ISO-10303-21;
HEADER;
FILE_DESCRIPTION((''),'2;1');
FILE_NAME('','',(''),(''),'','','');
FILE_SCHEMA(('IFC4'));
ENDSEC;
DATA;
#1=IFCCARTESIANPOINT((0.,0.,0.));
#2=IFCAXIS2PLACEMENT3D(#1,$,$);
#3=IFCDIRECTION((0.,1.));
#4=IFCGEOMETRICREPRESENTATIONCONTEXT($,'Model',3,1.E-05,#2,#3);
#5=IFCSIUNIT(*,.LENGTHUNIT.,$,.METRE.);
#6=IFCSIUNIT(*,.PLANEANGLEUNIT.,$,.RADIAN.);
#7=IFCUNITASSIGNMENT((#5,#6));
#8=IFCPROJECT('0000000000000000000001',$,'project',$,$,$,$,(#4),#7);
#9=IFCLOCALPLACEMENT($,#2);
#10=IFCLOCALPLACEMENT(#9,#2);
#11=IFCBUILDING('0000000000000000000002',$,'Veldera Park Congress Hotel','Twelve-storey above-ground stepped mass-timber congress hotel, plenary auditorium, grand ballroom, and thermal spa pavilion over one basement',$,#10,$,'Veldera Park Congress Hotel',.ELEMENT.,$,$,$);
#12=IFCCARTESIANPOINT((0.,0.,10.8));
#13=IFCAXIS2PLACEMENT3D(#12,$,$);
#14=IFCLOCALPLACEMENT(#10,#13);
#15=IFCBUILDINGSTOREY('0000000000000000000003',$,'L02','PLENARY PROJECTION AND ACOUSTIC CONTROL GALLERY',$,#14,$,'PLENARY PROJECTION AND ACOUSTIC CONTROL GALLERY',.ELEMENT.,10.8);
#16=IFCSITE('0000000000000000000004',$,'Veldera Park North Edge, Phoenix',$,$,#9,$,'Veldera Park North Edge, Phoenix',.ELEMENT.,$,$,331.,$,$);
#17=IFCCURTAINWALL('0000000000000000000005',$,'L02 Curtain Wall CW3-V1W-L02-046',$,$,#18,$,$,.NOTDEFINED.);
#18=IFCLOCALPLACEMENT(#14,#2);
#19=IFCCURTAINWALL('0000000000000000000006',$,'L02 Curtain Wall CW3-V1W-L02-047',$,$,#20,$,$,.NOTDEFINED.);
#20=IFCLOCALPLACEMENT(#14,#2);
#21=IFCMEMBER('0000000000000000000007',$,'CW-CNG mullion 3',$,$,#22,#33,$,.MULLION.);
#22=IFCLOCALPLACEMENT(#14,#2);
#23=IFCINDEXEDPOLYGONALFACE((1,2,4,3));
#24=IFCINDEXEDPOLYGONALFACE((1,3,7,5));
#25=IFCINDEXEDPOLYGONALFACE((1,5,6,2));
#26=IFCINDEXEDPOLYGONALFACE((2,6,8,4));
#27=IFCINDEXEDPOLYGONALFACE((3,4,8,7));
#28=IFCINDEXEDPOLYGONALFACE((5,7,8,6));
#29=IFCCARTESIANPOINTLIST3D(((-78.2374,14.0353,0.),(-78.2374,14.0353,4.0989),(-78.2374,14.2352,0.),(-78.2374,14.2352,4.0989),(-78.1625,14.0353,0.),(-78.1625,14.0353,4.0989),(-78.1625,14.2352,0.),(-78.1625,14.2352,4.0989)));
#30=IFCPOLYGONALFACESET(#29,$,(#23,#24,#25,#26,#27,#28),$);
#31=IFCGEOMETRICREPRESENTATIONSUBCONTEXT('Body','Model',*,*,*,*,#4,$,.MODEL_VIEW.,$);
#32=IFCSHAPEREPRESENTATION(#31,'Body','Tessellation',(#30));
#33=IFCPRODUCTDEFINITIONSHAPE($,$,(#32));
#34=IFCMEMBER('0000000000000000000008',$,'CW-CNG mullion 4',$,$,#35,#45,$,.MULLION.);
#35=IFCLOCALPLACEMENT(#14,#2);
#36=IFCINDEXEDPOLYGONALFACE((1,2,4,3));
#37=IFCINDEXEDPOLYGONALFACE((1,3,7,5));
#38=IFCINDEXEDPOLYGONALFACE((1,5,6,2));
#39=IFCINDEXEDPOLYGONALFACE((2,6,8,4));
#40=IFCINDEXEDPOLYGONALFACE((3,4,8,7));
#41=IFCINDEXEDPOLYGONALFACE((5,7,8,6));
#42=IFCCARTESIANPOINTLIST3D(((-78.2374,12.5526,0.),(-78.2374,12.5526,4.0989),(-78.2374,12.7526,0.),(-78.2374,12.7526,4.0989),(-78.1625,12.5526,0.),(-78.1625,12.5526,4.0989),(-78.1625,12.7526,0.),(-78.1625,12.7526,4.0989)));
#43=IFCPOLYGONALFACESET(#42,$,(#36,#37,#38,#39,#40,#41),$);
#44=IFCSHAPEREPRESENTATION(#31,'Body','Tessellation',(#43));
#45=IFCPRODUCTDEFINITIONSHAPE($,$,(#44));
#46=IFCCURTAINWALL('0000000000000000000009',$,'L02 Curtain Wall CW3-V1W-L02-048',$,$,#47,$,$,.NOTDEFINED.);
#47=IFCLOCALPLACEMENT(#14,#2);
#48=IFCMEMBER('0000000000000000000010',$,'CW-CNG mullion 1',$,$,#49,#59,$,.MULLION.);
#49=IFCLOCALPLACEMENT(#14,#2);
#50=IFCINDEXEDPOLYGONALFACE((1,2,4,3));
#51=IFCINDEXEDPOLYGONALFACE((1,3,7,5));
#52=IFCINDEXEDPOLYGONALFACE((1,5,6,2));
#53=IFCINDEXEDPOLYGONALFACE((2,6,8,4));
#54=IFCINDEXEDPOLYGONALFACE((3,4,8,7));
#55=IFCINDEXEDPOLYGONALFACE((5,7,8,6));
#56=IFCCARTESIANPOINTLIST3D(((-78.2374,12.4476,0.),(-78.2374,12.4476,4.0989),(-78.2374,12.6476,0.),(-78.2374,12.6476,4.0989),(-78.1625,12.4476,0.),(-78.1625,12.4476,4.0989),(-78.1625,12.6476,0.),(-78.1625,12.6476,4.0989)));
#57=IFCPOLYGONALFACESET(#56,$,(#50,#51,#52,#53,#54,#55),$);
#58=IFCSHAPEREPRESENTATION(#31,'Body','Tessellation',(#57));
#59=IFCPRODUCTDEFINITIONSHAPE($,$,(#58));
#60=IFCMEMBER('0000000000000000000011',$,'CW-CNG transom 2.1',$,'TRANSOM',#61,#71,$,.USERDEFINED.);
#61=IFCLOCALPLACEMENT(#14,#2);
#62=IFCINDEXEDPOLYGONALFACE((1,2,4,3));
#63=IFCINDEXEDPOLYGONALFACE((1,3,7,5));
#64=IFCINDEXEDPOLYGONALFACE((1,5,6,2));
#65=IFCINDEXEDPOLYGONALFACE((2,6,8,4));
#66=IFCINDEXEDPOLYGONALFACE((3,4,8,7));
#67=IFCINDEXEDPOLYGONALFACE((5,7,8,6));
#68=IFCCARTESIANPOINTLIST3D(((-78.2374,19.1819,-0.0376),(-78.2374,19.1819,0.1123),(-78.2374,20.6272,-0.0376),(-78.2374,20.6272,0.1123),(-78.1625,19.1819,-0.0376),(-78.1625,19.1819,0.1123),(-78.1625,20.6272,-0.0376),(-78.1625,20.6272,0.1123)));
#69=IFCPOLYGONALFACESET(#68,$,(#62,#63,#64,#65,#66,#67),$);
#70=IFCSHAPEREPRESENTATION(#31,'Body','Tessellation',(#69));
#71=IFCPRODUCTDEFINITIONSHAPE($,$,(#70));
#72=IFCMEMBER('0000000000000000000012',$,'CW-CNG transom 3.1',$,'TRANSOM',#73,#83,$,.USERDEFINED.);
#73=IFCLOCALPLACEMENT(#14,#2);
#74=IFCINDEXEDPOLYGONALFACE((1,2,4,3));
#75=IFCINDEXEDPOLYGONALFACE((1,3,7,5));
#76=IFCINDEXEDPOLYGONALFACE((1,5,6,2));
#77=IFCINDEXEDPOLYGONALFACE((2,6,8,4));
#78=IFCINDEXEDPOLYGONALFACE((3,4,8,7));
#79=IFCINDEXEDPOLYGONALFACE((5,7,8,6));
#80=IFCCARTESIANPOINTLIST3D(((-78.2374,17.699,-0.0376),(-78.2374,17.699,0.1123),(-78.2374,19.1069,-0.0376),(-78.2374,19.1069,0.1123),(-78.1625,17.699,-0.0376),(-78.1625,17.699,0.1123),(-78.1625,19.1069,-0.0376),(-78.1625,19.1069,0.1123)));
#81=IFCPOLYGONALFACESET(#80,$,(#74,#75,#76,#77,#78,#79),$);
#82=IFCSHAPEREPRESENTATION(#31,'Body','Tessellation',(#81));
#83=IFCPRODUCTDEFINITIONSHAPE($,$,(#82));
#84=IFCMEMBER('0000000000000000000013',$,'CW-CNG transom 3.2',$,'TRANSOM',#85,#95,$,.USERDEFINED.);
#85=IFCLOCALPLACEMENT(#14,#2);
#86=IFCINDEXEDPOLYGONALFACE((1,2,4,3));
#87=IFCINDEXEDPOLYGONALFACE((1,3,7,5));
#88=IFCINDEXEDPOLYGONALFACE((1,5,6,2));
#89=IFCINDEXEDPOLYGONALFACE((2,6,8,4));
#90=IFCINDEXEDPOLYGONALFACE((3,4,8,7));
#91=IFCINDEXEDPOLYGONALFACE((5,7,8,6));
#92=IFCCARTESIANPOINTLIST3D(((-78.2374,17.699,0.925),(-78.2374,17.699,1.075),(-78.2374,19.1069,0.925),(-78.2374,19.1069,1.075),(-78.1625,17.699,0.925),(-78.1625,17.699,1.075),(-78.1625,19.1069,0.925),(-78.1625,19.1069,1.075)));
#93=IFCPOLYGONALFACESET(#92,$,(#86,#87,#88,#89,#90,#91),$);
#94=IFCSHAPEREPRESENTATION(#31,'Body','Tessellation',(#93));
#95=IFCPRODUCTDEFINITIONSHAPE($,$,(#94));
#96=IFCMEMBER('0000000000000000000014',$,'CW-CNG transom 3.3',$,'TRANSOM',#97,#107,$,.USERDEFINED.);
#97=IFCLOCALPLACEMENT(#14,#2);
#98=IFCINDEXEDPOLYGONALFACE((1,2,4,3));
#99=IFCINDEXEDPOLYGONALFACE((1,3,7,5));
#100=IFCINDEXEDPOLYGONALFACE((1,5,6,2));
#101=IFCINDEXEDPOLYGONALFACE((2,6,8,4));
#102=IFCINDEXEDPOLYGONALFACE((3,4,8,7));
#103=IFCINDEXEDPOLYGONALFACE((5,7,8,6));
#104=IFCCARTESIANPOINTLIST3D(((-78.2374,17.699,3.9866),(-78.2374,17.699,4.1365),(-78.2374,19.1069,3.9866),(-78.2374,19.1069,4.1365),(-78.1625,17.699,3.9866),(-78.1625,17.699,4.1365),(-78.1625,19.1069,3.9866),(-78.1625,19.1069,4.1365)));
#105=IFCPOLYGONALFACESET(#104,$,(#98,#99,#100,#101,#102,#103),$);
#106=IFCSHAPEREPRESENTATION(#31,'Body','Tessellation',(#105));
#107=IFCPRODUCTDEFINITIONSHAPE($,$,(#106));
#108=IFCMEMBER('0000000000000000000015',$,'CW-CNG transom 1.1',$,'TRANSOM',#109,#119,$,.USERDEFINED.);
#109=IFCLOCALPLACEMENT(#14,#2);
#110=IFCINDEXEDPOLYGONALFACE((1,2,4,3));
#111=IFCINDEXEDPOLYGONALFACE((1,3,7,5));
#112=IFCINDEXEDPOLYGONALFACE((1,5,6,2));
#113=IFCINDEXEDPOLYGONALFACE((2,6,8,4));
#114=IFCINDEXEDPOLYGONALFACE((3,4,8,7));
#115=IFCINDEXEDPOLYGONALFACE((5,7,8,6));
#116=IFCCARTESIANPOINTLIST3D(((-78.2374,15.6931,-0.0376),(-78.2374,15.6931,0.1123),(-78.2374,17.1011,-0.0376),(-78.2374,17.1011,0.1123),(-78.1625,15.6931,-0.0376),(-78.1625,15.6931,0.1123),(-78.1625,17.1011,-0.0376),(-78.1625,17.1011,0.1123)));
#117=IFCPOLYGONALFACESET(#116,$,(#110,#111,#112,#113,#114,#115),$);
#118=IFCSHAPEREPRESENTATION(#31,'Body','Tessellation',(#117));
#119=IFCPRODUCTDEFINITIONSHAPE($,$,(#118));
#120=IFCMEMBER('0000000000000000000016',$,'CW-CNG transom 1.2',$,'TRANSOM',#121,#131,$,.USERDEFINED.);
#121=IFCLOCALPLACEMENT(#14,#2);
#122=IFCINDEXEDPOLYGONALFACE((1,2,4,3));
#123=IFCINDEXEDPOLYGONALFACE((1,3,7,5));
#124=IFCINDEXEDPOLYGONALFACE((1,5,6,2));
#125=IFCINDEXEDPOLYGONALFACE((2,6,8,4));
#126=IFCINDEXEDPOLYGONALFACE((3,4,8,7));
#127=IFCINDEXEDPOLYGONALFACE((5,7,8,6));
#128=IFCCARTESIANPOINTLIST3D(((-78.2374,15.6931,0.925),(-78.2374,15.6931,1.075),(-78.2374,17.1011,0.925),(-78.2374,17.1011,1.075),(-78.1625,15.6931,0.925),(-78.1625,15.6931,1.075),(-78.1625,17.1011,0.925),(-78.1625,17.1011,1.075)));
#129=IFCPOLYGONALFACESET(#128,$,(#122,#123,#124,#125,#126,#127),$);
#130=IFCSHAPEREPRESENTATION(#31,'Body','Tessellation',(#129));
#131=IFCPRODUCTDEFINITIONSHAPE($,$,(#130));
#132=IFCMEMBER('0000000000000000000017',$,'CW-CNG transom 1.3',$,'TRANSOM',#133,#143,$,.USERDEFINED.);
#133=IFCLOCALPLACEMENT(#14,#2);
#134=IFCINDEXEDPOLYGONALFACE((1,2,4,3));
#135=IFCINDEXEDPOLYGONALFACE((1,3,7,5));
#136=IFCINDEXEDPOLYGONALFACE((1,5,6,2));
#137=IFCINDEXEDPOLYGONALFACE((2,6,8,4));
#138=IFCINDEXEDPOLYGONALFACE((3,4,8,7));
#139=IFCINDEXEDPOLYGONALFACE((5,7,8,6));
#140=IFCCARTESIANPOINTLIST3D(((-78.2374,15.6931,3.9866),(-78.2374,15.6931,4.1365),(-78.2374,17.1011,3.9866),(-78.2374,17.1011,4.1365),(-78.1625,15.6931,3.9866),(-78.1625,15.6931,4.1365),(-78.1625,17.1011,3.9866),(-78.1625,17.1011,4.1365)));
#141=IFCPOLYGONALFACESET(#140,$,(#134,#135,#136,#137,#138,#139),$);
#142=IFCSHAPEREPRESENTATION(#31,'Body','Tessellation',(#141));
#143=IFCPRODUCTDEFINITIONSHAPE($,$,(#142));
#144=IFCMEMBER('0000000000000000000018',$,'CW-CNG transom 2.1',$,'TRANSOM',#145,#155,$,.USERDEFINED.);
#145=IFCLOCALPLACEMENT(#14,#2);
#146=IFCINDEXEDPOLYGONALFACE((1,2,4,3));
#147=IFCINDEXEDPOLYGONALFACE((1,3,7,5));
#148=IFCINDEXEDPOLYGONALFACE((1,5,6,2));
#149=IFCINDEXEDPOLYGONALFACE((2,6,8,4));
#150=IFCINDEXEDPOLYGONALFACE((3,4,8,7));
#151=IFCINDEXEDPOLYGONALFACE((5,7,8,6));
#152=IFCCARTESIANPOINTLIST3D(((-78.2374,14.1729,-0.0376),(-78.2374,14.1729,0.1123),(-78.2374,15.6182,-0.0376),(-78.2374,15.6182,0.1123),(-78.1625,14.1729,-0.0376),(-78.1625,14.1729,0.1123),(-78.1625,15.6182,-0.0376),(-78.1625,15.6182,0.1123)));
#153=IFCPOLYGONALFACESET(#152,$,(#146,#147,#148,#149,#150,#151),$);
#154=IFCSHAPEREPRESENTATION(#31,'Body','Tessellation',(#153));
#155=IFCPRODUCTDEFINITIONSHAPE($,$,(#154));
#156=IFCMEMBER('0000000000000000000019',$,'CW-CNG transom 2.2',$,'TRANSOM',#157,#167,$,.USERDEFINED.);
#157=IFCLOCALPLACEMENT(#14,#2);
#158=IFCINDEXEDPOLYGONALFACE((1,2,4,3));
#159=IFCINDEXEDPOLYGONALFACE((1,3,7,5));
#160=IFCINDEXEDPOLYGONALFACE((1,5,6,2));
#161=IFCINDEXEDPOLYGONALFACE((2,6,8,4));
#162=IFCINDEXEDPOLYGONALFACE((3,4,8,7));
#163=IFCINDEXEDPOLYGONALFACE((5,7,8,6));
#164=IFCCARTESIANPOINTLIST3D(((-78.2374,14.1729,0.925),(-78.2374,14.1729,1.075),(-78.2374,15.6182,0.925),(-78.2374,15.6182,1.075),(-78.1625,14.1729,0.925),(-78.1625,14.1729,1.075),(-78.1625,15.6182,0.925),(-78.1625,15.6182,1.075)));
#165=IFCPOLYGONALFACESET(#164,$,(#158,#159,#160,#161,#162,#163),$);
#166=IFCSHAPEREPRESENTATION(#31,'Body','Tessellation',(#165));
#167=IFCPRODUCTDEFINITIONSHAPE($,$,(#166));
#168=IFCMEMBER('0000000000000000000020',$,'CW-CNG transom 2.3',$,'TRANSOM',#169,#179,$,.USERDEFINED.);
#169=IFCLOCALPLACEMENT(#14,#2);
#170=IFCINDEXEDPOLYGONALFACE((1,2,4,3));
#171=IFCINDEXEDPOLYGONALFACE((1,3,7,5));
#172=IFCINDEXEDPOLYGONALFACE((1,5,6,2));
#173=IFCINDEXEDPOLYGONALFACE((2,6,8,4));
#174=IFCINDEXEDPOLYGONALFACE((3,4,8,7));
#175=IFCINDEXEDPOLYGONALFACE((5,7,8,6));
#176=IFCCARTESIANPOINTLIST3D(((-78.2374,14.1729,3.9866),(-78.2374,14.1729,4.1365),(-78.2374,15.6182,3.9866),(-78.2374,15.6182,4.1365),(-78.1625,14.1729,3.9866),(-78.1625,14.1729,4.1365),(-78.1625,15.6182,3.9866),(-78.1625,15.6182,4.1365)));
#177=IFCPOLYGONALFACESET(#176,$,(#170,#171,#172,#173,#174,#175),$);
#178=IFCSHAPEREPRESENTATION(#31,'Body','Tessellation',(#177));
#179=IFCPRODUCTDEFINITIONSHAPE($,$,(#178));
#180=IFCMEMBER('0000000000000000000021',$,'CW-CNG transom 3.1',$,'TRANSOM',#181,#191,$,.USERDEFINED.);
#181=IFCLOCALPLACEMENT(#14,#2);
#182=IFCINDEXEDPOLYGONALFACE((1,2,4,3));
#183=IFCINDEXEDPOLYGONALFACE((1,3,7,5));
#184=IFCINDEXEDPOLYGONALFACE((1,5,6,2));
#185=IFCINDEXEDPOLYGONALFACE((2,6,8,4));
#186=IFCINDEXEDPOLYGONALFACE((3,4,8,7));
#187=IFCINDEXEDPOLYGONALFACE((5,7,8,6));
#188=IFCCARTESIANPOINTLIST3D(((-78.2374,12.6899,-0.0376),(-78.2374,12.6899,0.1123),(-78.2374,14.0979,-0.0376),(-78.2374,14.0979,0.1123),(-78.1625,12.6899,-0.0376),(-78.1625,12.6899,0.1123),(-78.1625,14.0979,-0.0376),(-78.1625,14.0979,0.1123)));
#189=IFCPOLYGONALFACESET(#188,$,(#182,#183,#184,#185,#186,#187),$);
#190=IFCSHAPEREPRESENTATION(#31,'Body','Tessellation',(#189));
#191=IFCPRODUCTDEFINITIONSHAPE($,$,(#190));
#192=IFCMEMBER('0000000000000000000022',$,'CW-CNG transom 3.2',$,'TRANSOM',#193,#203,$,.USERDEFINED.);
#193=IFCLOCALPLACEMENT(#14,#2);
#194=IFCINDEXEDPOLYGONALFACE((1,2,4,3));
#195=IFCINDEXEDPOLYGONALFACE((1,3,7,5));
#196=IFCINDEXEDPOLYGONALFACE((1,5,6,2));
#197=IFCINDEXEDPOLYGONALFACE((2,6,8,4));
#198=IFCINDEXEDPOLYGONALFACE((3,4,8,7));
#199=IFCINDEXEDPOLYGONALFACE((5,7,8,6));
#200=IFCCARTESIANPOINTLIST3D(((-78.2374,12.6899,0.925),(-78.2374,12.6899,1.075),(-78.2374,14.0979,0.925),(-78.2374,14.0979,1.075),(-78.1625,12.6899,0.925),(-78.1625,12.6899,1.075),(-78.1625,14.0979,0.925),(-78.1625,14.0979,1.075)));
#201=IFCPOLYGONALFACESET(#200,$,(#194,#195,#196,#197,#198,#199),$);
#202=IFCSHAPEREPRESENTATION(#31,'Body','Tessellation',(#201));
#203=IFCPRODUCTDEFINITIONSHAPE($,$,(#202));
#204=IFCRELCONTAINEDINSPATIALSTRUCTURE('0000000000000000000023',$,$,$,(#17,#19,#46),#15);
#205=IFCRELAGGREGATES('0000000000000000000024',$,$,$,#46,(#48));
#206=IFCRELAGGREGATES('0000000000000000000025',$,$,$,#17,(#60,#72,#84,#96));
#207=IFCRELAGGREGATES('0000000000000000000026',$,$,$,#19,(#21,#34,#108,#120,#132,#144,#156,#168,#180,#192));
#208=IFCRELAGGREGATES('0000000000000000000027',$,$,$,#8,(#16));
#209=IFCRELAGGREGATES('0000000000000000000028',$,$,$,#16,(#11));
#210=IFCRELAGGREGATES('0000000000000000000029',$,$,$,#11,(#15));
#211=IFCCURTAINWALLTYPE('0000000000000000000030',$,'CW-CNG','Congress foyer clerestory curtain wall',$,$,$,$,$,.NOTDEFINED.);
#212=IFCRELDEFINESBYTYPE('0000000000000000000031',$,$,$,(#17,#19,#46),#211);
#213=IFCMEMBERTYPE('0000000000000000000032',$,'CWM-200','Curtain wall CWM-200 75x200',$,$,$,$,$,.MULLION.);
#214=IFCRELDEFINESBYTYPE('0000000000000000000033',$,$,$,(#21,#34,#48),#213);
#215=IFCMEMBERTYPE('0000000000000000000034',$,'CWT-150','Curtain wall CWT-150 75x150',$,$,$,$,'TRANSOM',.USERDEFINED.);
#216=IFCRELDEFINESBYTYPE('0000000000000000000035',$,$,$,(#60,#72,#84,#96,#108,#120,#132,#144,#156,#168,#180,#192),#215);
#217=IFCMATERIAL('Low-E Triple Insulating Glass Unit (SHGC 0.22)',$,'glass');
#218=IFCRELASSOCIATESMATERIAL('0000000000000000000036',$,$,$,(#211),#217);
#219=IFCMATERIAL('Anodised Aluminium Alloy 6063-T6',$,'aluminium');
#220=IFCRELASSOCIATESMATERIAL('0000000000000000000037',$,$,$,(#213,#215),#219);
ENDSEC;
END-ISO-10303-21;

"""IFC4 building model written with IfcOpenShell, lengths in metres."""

from ifc_helpers import new_model, si_unit, direction, frame, origin, origin_2d, place, context, subcontext, project, spatial, rectangle, extrude, material, material_profile, profile_set, type_object, element, aggregate, save


model = new_model("IFC4")

# Units and contexts
model_context = context("Model", 3, precision=1e-05, world=origin(), true_north=direction((0.0, 1.0)))
body_context = subcontext(model_context, "Body", "Model", "MODEL_VIEW")
ifc_project = project(units=[si_unit("LENGTHUNIT", "METRE"), si_unit("PLANEANGLEUNIT", "RADIAN")], contexts=[model_context])

# Site, building, storey
site_placement = place(None, origin())
site = spatial("IfcSite", under=ifc_project, at=site_placement, Name="Veldera Park North Edge, Phoenix", LongName="Veldera Park North Edge, Phoenix", CompositionType="ELEMENT", RefElevation=331.0)
building_placement = place(site_placement, origin())
building = spatial("IfcBuilding", under=site, at=building_placement, Name="Veldera Park Congress Hotel", Description="Twelve-storey above-ground stepped mass-timber congress hotel, plenary auditorium, grand ballroom, and thermal spa pavilion over one basement", LongName="Veldera Park Congress Hotel", CompositionType="ELEMENT")
storey_placement = place(building_placement, frame((0.0, 0.0, 10.8)))
storey = spatial("IfcBuildingStorey", under=building, at=storey_placement, Name="L02", Description="PLENARY PROJECTION AND ACOUSTIC CONTROL GALLERY", LongName="PLENARY PROJECTION AND ACOUSTIC CONTROL GALLERY", CompositionType="ELEMENT", Elevation=10.8)

# Curtain walls, members
ifc_material_1 = material(Name="Low-E Triple Insulating Glass Unit (SHGC 0.22)", Category="glass")
curtain_wall_type = type_object("IfcCurtainWallType", Name="CW-CNG", Description="Congress foyer clerestory curtain wall", PredefinedType="NOTDEFINED", material=ifc_material_1)
curtain_wall_1_placement = place(storey_placement, origin())
curtain_wall_1 = element("IfcCurtainWall", 1, at=curtain_wall_1_placement, inside=storey, type_object=curtain_wall_type, Name="L02 Curtain Wall CW3-V1W-L02-046", PredefinedType="NOTDEFINED")
ifc_material_2 = material(Name="Anodised Aluminium Alloy 6063-T6", Category="aluminium")
ifc_material_profile_1 = material_profile(ifc_material_2, rectangle(XDim=0.075, YDim=0.2, at=origin_2d()), Name="ALU 75x200")
ifc_profile_set_1 = profile_set([ifc_material_profile_1], Name="Anodised Aluminium Alloy 6063-T6")
member_type_1 = type_object("IfcMemberType", Name="CWM-200", Description="Curtain wall CWM-200 75x200", PredefinedType="MULLION", material=ifc_profile_set_1)
curtain_wall_2_placement = place(storey_placement, origin())
curtain_wall_2 = element("IfcCurtainWall", 2, at=curtain_wall_2_placement, inside=storey, type_object=curtain_wall_type, Name="L02 Curtain Wall CW3-V1W-L02-047", PredefinedType="NOTDEFINED")
member_1_placement = place(storey_placement, frame((-78.2, 14.1353, 0.0), z_axis=(0.0, 0.0, 1.0), x_axis=(1.0, 0.0, 0.0)))
member_1 = element("IfcMember", 3, at=member_1_placement, type_object=member_type_1, Name="CW-CNG mullion 3", PredefinedType="MULLION", context=body_context, shape_type="SweptSolid", body=[
    extrude(rectangle(XDim=0.075, YDim=0.2, at=origin_2d()), origin(), (0.0, 0.0, 1.0), 4.0989),
])
member_2_placement = place(storey_placement, frame((-78.2, 12.6526, 0.0), z_axis=(0.0, 0.0, 1.0), x_axis=(1.0, 0.0, 0.0)))
member_2 = element("IfcMember", 4, at=member_2_placement, type_object=member_type_1, Name="CW-CNG mullion 4", PredefinedType="MULLION", context=body_context, shape_type="SweptSolid", body=[
    extrude(rectangle(XDim=0.075, YDim=0.2, at=origin_2d()), origin(), (0.0, 0.0, 1.0), 4.0989),
])

# Curtain wall, member
curtain_wall_3_placement = place(storey_placement, origin())
curtain_wall_3 = element("IfcCurtainWall", 5, at=curtain_wall_3_placement, inside=storey, type_object=curtain_wall_type, Name="L02 Curtain Wall CW3-V1W-L02-048", PredefinedType="NOTDEFINED")
member_3_placement = place(storey_placement, frame((-78.2, 12.5476, 0.0), z_axis=(0.0, 0.0, 1.0), x_axis=(1.0, 0.0, 0.0)))
member_3 = element("IfcMember", 6, at=member_3_placement, type_object=member_type_1, Name="CW-CNG mullion 1", PredefinedType="MULLION", context=body_context, shape_type="SweptSolid", body=[
    extrude(rectangle(XDim=0.075, YDim=0.2, at=origin_2d()), origin(), (0.0, 0.0, 1.0), 4.0989),
])

# Members
ifc_material_profile_2 = material_profile(ifc_material_2, rectangle(XDim=0.075, YDim=0.1499, at=origin_2d()), Name="ALU 75x150")
ifc_profile_set_2 = profile_set([ifc_material_profile_2], Name="Anodised Aluminium Alloy 6063-T6")
member_type_2 = type_object("IfcMemberType", Name="CWT-150", Description="Curtain wall CWT-150 75x150", ElementType="TRANSOM", PredefinedType="USERDEFINED", material=ifc_profile_set_2)
member_4_placement = place(storey_placement, frame((-78.2, 20.6272, 0.0374), z_axis=(0.0, -1.0, 0.0), x_axis=(1.0, 0.0, 0.0)))
member_4 = element("IfcMember", 7, at=member_4_placement, type_object=member_type_2, Name="CW-CNG transom 2.1", ObjectType="TRANSOM", PredefinedType="USERDEFINED", context=body_context, shape_type="SweptSolid", body=[
    extrude(rectangle(XDim=0.075, YDim=0.1499, at=origin_2d()), origin(), (0.0, 0.0, 1.0), 1.4453),
])
member_5_placement = place(storey_placement, frame((-78.2, 19.1069, 0.0374), z_axis=(0.0, -1.0, 0.0), x_axis=(1.0, 0.0, 0.0)))
member_5 = element("IfcMember", 8, at=member_5_placement, type_object=member_type_2, Name="CW-CNG transom 3.1", ObjectType="TRANSOM", PredefinedType="USERDEFINED", context=body_context, shape_type="SweptSolid", body=[
    extrude(rectangle(XDim=0.075, YDim=0.1499, at=origin_2d()), origin(), (0.0, 0.0, 1.0), 1.408),
])
member_6_placement = place(storey_placement, frame((-78.2, 19.1069, 1.0), z_axis=(0.0, -1.0, 0.0), x_axis=(1.0, 0.0, 0.0)))
member_6 = element("IfcMember", 9, at=member_6_placement, type_object=member_type_2, Name="CW-CNG transom 3.2", ObjectType="TRANSOM", PredefinedType="USERDEFINED", context=body_context, shape_type="SweptSolid", body=[
    extrude(rectangle(XDim=0.075, YDim=0.1499, at=origin_2d()), origin(), (0.0, 0.0, 1.0), 1.408),
])
member_7_placement = place(storey_placement, frame((-78.2, 19.1069, 4.0615), z_axis=(0.0, -1.0, 0.0), x_axis=(1.0, 0.0, 0.0)))
member_7 = element("IfcMember", 10, at=member_7_placement, type_object=member_type_2, Name="CW-CNG transom 3.3", ObjectType="TRANSOM", PredefinedType="USERDEFINED", context=body_context, shape_type="SweptSolid", body=[
    extrude(rectangle(XDim=0.075, YDim=0.1499, at=origin_2d()), origin(), (0.0, 0.0, 1.0), 1.408),
])
member_8_placement = place(storey_placement, frame((-78.2, 17.1011, 0.0374), z_axis=(0.0, -1.0, 0.0), x_axis=(1.0, 0.0, 0.0)))
member_8 = element("IfcMember", 11, at=member_8_placement, type_object=member_type_2, Name="CW-CNG transom 1.1", ObjectType="TRANSOM", PredefinedType="USERDEFINED", context=body_context, shape_type="SweptSolid", body=[
    extrude(rectangle(XDim=0.075, YDim=0.1499, at=origin_2d()), origin(), (0.0, 0.0, 1.0), 1.408),
])
member_9_placement = place(storey_placement, frame((-78.2, 17.1011, 1.0), z_axis=(0.0, -1.0, 0.0), x_axis=(1.0, 0.0, 0.0)))
member_9 = element("IfcMember", 12, at=member_9_placement, type_object=member_type_2, Name="CW-CNG transom 1.2", ObjectType="TRANSOM", PredefinedType="USERDEFINED", context=body_context, shape_type="SweptSolid", body=[
    extrude(rectangle(XDim=0.075, YDim=0.1499, at=origin_2d()), origin(), (0.0, 0.0, 1.0), 1.408),
])
member_10_placement = place(storey_placement, frame((-78.2, 17.1011, 4.0615), z_axis=(0.0, -1.0, 0.0), x_axis=(1.0, 0.0, 0.0)))
member_10 = element("IfcMember", 13, at=member_10_placement, type_object=member_type_2, Name="CW-CNG transom 1.3", ObjectType="TRANSOM", PredefinedType="USERDEFINED", context=body_context, shape_type="SweptSolid", body=[
    extrude(rectangle(XDim=0.075, YDim=0.1499, at=origin_2d()), origin(), (0.0, 0.0, 1.0), 1.408),
])
member_11_placement = place(storey_placement, frame((-78.2, 15.6182, 0.0374), z_axis=(0.0, -1.0, 0.0), x_axis=(1.0, 0.0, 0.0)))
member_11 = element("IfcMember", 14, at=member_11_placement, type_object=member_type_2, Name="CW-CNG transom 2.1", ObjectType="TRANSOM", PredefinedType="USERDEFINED", context=body_context, shape_type="SweptSolid", body=[
    extrude(rectangle(XDim=0.075, YDim=0.1499, at=origin_2d()), origin(), (0.0, 0.0, 1.0), 1.4453),
])
member_12_placement = place(storey_placement, frame((-78.2, 15.6182, 1.0), z_axis=(0.0, -1.0, 0.0), x_axis=(1.0, 0.0, 0.0)))
member_12 = element("IfcMember", 15, at=member_12_placement, type_object=member_type_2, Name="CW-CNG transom 2.2", ObjectType="TRANSOM", PredefinedType="USERDEFINED", context=body_context, shape_type="SweptSolid", body=[
    extrude(rectangle(XDim=0.075, YDim=0.1499, at=origin_2d()), origin(), (0.0, 0.0, 1.0), 1.4453),
])
member_13_placement = place(storey_placement, frame((-78.2, 15.6182, 4.0615), z_axis=(0.0, -1.0, 0.0), x_axis=(1.0, 0.0, 0.0)))
member_13 = element("IfcMember", 16, at=member_13_placement, type_object=member_type_2, Name="CW-CNG transom 2.3", ObjectType="TRANSOM", PredefinedType="USERDEFINED", context=body_context, shape_type="SweptSolid", body=[
    extrude(rectangle(XDim=0.075, YDim=0.1499, at=origin_2d()), origin(), (0.0, 0.0, 1.0), 1.4453),
])
member_14_placement = place(storey_placement, frame((-78.2, 14.0979, 0.0374), z_axis=(0.0, -1.0, 0.0), x_axis=(1.0, 0.0, 0.0)))
member_14 = element("IfcMember", 17, at=member_14_placement, type_object=member_type_2, Name="CW-CNG transom 3.1", ObjectType="TRANSOM", PredefinedType="USERDEFINED", context=body_context, shape_type="SweptSolid", body=[
    extrude(rectangle(XDim=0.075, YDim=0.1499, at=origin_2d()), origin(), (0.0, 0.0, 1.0), 1.408),
])
member_15_placement = place(storey_placement, frame((-78.2, 14.0979, 1.0), z_axis=(0.0, -1.0, 0.0), x_axis=(1.0, 0.0, 0.0)))
member_15 = element("IfcMember", 18, at=member_15_placement, type_object=member_type_2, Name="CW-CNG transom 3.2", ObjectType="TRANSOM", PredefinedType="USERDEFINED", context=body_context, shape_type="SweptSolid", body=[
    extrude(rectangle(XDim=0.075, YDim=0.1499, at=origin_2d()), origin(), (0.0, 0.0, 1.0), 1.408),
])
aggregate(curtain_wall_3, [member_3])

aggregate(curtain_wall_1, [member_4, member_5, member_6, member_7])
aggregate(curtain_wall_2, [member_1, member_2, member_8, member_9, member_10, member_11, member_12, member_13, member_14, member_15])

save(model, "model.ifc")
